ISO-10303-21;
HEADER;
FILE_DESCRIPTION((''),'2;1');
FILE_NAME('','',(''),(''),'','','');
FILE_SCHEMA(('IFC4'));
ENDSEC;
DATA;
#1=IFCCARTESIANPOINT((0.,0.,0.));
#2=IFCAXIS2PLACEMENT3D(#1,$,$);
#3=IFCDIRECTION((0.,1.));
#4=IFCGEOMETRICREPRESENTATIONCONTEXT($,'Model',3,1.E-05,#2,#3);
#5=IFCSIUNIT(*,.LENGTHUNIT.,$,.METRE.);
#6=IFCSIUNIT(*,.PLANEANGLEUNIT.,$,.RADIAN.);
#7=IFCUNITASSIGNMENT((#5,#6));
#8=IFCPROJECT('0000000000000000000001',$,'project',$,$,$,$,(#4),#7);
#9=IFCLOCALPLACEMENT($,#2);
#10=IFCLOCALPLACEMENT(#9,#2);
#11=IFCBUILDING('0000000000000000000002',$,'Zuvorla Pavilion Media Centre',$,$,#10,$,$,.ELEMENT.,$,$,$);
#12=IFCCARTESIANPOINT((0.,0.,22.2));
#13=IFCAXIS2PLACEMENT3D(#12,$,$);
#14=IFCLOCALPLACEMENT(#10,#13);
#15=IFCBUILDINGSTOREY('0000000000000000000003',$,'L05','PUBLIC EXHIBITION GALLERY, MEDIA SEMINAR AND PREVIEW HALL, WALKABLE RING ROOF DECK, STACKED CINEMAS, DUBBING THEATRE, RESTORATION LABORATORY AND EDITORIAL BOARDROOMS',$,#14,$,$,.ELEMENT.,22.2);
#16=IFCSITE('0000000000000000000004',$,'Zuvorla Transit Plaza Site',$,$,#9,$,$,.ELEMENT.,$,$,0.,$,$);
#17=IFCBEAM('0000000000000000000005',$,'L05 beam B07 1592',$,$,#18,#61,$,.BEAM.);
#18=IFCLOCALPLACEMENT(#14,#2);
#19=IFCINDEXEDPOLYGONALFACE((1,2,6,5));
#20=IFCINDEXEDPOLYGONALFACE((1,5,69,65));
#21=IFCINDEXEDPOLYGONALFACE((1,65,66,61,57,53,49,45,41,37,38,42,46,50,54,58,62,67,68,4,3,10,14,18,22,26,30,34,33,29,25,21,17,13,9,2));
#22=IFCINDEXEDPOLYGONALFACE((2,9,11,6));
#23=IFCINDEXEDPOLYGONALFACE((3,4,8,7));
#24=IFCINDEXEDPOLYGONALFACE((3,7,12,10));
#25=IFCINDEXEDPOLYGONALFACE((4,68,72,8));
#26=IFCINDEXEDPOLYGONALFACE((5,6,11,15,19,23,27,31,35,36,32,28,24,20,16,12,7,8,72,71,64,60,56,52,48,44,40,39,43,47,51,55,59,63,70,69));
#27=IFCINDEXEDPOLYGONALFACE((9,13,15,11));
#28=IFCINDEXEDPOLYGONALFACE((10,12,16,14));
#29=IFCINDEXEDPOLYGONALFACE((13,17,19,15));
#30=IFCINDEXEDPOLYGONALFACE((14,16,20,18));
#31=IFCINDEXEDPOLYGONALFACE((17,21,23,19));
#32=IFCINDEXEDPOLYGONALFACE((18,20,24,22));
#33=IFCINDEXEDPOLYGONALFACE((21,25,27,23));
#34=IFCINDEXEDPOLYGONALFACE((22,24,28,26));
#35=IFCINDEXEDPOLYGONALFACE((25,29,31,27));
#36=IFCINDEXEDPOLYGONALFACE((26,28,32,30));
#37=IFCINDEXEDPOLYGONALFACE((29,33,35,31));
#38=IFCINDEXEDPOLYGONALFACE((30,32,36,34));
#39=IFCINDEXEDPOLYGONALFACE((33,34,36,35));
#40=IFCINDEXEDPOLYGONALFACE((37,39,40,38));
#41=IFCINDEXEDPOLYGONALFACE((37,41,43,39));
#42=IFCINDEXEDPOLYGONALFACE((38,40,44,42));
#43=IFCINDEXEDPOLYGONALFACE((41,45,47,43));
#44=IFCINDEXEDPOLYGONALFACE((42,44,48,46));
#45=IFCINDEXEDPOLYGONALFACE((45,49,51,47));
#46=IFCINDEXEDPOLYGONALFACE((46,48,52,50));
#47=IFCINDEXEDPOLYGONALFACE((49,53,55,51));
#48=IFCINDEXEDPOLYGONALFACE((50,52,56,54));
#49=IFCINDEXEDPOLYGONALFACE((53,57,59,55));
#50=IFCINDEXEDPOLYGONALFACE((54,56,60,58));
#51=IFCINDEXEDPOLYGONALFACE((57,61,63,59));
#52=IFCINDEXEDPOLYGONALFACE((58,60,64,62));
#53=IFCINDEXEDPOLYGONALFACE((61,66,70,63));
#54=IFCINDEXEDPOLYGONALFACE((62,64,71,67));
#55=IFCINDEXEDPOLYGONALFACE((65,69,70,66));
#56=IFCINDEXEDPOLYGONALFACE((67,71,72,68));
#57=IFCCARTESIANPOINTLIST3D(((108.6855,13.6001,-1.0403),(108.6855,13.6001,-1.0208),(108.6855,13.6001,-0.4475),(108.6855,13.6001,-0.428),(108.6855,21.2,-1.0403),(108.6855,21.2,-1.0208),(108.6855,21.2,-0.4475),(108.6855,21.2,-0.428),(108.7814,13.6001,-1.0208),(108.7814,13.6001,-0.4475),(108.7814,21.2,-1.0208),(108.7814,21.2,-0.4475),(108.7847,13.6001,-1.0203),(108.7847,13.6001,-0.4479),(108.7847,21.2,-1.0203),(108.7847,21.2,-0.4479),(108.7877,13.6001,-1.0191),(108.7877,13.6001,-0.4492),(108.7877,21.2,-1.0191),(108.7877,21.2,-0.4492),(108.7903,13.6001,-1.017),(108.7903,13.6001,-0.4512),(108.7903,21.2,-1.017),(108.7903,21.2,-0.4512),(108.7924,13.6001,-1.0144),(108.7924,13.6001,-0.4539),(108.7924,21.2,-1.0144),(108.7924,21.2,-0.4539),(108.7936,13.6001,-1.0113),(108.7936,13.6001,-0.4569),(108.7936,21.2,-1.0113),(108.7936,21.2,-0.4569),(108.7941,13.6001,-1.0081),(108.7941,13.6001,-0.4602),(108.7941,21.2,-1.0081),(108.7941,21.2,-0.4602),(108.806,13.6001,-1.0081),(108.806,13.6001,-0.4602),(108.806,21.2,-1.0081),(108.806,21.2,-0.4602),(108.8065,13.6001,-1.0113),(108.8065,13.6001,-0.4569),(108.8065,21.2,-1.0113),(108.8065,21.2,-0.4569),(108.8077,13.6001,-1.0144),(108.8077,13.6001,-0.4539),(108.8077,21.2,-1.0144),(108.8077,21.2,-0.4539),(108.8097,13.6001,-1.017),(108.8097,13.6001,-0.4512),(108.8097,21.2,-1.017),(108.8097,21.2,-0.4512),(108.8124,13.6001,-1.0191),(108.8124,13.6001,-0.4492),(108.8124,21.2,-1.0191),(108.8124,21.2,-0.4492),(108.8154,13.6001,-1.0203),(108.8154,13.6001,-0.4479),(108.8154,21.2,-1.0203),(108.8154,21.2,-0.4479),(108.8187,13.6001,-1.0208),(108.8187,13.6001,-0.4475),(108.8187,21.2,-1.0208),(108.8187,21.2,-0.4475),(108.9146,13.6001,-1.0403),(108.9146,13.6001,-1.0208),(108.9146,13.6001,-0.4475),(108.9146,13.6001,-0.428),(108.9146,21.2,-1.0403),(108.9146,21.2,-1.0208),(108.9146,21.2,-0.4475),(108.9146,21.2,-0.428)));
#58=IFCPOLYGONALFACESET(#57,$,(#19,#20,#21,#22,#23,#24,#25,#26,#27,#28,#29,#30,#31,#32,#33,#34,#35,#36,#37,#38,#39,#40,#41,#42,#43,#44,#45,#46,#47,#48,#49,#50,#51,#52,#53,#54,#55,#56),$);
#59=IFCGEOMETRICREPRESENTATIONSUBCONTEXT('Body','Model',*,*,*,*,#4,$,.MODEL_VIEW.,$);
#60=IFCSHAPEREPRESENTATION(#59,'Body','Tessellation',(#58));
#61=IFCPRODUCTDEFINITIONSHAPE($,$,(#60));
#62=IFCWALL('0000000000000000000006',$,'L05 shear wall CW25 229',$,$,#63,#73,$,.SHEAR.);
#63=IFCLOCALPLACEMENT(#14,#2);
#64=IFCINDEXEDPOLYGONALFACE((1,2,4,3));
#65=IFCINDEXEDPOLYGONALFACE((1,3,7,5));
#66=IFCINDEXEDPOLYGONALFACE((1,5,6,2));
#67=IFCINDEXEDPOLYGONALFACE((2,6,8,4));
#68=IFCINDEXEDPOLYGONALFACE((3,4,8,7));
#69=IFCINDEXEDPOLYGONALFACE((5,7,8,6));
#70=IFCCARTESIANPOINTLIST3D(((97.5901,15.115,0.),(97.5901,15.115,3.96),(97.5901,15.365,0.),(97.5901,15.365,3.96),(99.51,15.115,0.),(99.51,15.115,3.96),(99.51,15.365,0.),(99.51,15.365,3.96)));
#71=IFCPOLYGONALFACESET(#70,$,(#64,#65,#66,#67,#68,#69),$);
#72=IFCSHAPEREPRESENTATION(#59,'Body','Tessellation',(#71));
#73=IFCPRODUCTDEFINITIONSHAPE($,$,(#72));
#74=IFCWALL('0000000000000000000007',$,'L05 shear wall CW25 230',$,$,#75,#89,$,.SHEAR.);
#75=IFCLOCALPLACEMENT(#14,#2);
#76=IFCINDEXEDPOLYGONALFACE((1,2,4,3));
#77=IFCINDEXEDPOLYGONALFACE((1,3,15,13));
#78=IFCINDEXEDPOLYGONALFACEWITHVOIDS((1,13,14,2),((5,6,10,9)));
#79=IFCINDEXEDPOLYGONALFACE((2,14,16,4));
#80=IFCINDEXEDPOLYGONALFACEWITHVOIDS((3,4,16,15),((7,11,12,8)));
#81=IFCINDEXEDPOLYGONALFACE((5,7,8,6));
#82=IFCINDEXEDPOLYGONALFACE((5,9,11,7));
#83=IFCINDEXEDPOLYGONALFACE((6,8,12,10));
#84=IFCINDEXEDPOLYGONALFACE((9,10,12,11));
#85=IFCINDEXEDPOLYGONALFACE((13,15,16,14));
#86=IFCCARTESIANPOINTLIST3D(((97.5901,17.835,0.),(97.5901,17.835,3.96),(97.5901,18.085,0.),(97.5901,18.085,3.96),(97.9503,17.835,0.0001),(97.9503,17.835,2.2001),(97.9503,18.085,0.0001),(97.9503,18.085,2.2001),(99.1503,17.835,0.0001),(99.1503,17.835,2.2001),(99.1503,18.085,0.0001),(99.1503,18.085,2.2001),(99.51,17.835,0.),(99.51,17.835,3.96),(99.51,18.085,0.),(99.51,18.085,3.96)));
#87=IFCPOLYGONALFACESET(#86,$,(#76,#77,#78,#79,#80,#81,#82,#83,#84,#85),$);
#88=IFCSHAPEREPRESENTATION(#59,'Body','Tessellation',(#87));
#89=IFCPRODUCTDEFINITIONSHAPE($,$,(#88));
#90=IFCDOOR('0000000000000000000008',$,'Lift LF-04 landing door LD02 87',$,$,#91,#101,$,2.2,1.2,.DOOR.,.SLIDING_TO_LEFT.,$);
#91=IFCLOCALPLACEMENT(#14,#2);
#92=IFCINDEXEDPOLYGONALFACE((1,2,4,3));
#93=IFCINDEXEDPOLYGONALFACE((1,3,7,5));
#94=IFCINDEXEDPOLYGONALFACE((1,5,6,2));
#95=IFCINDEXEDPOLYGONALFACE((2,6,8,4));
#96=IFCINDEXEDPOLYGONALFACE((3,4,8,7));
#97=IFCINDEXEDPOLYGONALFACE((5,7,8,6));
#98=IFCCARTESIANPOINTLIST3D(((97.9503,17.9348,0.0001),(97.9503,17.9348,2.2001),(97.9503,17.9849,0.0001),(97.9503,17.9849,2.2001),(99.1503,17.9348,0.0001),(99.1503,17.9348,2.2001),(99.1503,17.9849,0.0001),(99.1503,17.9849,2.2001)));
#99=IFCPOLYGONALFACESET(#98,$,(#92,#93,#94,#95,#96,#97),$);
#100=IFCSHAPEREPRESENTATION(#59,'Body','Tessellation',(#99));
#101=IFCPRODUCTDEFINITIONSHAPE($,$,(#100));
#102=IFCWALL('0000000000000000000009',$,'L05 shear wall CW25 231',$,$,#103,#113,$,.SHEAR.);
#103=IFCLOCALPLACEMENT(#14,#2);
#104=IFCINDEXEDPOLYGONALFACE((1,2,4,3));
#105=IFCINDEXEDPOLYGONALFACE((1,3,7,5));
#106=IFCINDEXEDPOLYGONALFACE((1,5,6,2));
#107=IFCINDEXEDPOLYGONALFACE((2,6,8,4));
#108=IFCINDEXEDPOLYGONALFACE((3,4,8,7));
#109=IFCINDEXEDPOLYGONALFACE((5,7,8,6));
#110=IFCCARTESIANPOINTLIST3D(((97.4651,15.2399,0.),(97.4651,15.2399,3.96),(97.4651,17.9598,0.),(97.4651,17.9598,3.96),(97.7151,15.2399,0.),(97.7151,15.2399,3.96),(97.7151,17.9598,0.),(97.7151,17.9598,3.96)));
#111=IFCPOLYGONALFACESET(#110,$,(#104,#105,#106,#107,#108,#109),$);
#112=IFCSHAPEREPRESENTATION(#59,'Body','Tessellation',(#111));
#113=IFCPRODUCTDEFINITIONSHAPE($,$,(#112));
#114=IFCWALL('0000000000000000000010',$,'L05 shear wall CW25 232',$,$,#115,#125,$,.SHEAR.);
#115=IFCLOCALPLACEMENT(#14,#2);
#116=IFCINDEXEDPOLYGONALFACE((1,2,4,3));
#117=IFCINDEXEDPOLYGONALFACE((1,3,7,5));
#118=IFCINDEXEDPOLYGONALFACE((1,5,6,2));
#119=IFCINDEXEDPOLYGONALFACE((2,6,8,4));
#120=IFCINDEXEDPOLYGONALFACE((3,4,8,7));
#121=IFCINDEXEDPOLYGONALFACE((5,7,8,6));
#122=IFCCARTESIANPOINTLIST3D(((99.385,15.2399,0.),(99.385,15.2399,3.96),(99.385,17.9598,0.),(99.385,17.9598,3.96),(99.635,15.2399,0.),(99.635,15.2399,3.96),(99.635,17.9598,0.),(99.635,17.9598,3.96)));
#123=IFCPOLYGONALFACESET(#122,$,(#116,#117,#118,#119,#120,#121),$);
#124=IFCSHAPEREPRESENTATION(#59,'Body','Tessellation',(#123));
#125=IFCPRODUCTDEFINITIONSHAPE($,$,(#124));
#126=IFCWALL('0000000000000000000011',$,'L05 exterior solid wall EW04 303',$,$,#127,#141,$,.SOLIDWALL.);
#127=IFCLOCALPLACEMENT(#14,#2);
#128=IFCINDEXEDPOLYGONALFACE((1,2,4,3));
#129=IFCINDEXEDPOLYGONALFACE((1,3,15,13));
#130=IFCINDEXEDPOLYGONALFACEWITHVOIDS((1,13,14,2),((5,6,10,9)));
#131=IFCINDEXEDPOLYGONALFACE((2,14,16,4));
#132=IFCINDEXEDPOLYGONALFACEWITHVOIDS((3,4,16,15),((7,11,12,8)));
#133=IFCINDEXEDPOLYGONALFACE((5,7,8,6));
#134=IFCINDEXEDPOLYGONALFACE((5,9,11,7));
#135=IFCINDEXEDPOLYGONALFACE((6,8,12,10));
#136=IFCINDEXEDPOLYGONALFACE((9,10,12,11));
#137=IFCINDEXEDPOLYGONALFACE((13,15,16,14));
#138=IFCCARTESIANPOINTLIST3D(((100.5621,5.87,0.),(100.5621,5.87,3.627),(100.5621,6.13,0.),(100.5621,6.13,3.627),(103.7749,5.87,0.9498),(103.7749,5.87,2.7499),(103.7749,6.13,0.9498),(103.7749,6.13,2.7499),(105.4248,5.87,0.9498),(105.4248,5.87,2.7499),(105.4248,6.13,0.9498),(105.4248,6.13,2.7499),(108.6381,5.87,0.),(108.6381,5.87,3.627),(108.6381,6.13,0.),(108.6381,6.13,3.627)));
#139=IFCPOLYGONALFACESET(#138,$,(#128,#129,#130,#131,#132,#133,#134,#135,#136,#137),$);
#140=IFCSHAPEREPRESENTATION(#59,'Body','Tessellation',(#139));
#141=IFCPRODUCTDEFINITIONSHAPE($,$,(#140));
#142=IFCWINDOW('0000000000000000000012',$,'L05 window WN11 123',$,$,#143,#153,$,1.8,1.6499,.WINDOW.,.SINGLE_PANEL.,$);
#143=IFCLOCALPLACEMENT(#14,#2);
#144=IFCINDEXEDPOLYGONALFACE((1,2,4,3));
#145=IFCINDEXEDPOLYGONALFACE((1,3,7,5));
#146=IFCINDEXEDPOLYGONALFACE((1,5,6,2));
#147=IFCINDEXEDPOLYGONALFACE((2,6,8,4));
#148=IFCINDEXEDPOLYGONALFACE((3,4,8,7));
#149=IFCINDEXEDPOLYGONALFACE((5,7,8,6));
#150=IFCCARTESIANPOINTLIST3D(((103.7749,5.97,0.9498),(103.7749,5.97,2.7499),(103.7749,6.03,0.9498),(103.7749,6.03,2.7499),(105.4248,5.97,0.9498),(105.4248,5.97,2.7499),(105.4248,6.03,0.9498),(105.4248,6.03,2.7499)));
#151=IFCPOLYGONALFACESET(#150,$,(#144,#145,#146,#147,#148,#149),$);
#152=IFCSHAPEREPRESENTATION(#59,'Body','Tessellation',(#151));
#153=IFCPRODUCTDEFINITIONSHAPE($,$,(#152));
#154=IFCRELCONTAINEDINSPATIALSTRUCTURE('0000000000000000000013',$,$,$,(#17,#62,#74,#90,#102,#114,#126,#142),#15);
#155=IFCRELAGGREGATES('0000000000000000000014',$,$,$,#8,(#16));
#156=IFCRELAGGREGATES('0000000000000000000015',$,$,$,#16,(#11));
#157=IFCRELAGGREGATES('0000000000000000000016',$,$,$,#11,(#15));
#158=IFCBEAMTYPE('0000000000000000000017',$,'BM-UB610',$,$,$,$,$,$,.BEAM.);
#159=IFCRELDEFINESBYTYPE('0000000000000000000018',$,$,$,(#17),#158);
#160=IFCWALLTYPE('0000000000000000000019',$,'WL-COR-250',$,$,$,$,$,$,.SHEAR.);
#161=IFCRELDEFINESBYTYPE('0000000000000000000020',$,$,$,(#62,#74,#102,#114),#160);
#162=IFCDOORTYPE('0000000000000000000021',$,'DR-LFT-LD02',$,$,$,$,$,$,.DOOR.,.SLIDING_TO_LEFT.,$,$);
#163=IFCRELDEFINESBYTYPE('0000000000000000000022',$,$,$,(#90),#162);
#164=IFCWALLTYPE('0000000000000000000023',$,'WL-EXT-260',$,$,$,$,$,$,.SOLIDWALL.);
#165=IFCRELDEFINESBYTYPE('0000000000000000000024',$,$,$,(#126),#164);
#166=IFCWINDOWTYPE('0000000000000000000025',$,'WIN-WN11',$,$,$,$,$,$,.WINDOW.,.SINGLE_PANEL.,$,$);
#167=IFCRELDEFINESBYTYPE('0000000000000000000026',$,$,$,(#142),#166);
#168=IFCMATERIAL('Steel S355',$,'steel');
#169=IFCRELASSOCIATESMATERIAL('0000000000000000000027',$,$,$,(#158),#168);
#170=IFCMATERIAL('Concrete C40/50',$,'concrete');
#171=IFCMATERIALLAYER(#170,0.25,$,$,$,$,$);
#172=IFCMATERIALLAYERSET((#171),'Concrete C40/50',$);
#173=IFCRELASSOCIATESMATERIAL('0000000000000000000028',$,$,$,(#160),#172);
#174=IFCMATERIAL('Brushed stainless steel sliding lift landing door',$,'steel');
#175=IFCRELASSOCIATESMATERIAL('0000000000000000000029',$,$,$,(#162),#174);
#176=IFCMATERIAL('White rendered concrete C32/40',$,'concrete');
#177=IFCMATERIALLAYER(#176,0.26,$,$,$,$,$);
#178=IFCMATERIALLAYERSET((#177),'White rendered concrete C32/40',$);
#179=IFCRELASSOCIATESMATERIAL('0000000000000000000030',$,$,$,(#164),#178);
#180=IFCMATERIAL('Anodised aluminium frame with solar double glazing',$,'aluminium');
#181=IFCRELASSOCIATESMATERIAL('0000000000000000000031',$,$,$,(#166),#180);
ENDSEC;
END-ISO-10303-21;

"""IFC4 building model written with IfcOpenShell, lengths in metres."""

from ifc_helpers import new_model, si_unit, direction, frame, frame_2d, origin, origin_2d, place, context, subcontext, project, spatial, rectangle, i_section, extrude, material, layer, layer_set, material_profile, profile_set, type_object, element, fill, save


model = new_model("IFC4")

# Units and contexts
model_context = context("Model", 3, precision=1e-05, world=origin(), true_north=direction((0.0, 1.0)))
body_context = subcontext(model_context, "Body", "Model", "MODEL_VIEW")
ifc_project = project(units=[si_unit("LENGTHUNIT", "METRE"), si_unit("PLANEANGLEUNIT", "RADIAN")], contexts=[model_context])

# Site, building, storey
site_placement = place(None, origin())
site = spatial("IfcSite", under=ifc_project, at=site_placement, Name="Zuvorla Transit Plaza Site", CompositionType="ELEMENT", RefElevation=0.0)
building_placement = place(site_placement, origin())
building = spatial("IfcBuilding", under=site, at=building_placement, Name="Zuvorla Pavilion Media Centre", CompositionType="ELEMENT")
storey_placement = place(building_placement, frame((0.0, 0.0, 22.2)))
storey = spatial("IfcBuildingStorey", under=building, at=storey_placement, Name="L05", Description="PUBLIC EXHIBITION GALLERY, MEDIA SEMINAR AND PREVIEW HALL, WALKABLE RING ROOF DECK, STACKED CINEMAS, DUBBING THEATRE, RESTORATION LABORATORY AND EDITORIAL BOARDROOMS", CompositionType="ELEMENT", Elevation=22.2)

# Shared definitions
ifc_material_1 = material(Name="Steel S355", Category="steel")

# Beam
ifc_material_profile_1 = material_profile(ifc_material_1, i_section(OverallWidth=0.229, OverallDepth=0.6123, WebThickness=0.012, FlangeThickness=0.0195, FilletRadius=0.0127, at=origin_2d()), Name="UB 610x229x125")
ifc_profile_set_1 = profile_set([ifc_material_profile_1], Name="Steel S355")
beam_type_1 = type_object("IfcBeamType", Name="BM-UB610", PredefinedType="BEAM", material=ifc_profile_set_1)
beam_1_placement = place(storey_placement, frame((108.8, 13.6001, -0.7341), z_axis=(0.0, 1.0, 0.0), x_axis=(-1.0, 0.0, 0.0)))
element("IfcBeam", 1, at=beam_1_placement, inside=storey, type_object=beam_type_1, Name="L05 beam B07 1592", PredefinedType="BEAM", context=body_context, shape_type="SweptSolid", body=[
    extrude(i_section(OverallWidth=0.229, OverallDepth=0.6123, WebThickness=0.012, FlangeThickness=0.0195, FilletRadius=0.0127, at=origin_2d()), origin(), (0.0, 0.0, 1.0), 7.5999),
])

# Wall
ifc_material_2 = material(Name="Concrete C40/50", Category="concrete")
ifc_layer_1 = layer(ifc_material_2, 0.25)
ifc_layer_set_1 = layer_set([ifc_layer_1], Name="Concrete C40/50")
wall_type_1 = type_object("IfcWallType", Name="WL-COR-250", PredefinedType="SHEAR", material=ifc_layer_set_1)
wall_1_placement = place(storey_placement, frame((97.5901, 15.24, 0.0), z_axis=(0.0, 0.0, 1.0), x_axis=(1.0, 0.0, 0.0)))
element("IfcWall", 2, at=wall_1_placement, inside=storey, type_object=wall_type_1, Name="L05 shear wall CW25 229", PredefinedType="SHEAR", context=body_context, shape_type="SweptSolid", body=[
    extrude(rectangle(XDim=1.9199, YDim=0.25, at=frame_2d((0.96, 0.0))), origin(), (0.0, 0.0, 1.0), 3.96),
])

# Wall, opening, door
wall_2_placement = place(storey_placement, frame((97.5901, 17.96, 0.0), z_axis=(0.0, 0.0, 1.0), x_axis=(1.0, 0.0, 0.0)))
wall_2 = element("IfcWall", 3, at=wall_2_placement, inside=storey, type_object=wall_type_1, Name="L05 shear wall CW25 230", PredefinedType="SHEAR", context=body_context, shape_type="SweptSolid", body=[
    extrude(rectangle(XDim=1.9199, YDim=0.25, at=frame_2d((0.96, 0.0))), origin(), (0.0, 0.0, 1.0), 3.96),
])
opening_1_placement = place(wall_2_placement, frame((0.3601, 0.0, 0.0)))
opening_1 = element("IfcOpeningElement", 4, at=opening_1_placement, cuts=wall_2, PredefinedType="OPENING", context=body_context, shape_type="SweptSolid", body=[
    extrude(rectangle(XDim=1.2, YDim=2.2, at=frame_2d((0.6001, 1.1001))), frame((0.0, 0.135, 0.0), z_axis=(0.0, -1.0, 0.0), x_axis=(1.0, 0.0, 0.0)), (0.0, 0.0, 1.0), 0.27),
])
ifc_material_3 = material(Name="Brushed stainless steel sliding lift landing door", Category="steel")
door_type_1 = type_object("IfcDoorType", Name="DR-LFT-LD02", OperationType="SLIDING_TO_LEFT", PredefinedType="DOOR", material=ifc_material_3)
door_1_placement = place(opening_1_placement, origin())
door_1 = element("IfcDoor", 5, at=door_1_placement, inside=storey, type_object=door_type_1, Name="Lift LF-04 landing door LD02 87", OperationType="SLIDING_TO_LEFT", OverallHeight=2.2, OverallWidth=1.2, PredefinedType="DOOR", context=body_context, shape_type="SweptSolid", body=[
    extrude(rectangle(XDim=1.2, YDim=2.2, at=frame_2d((0.6001, 1.1001))), frame((0.0, 0.0249, 0.0), z_axis=(0.0, -1.0, 0.0), x_axis=(1.0, 0.0, 0.0)), (0.0, 0.0, 1.0), 0.05),
])
fill(opening_1, door_1)

# Walls
for number, where, z_axis, x_axis, name in (
    (6, (97.5901, 15.24, 0.0), (0.0, 0.0, 1.0), (0.0, 1.0, 0.0), "L05 shear wall CW25 231"),
    (7, (99.51, 15.24, 0.0), (0.0, 0.0, 1.0), (0.0, 1.0, 0.0), "L05 shear wall CW25 232"),
):
    element("IfcWall", number, at=place(storey_placement, frame(where, z_axis=z_axis, x_axis=x_axis)), inside=storey, type_object=wall_type_1, Name=name, PredefinedType="SHEAR", context=body_context, shape_type="SweptSolid", body=[
        extrude(rectangle(XDim=2.72, YDim=0.25, at=frame_2d((1.3599, 0.0))), origin(), (0.0, 0.0, 1.0), 3.96),
    ])

# Wall, opening, window
ifc_material_4 = material(Name="White rendered concrete C32/40", Category="concrete")
ifc_layer_2 = layer(ifc_material_4, 0.26)
ifc_layer_set_2 = layer_set([ifc_layer_2], Name="White rendered concrete C32/40")
wall_type_2 = type_object("IfcWallType", Name="WL-EXT-260", PredefinedType="SOLIDWALL", material=ifc_layer_set_2)
wall_3_placement = place(storey_placement, frame((100.562, 6.0, 0.0), z_axis=(0.0, 0.0, 1.0), x_axis=(1.0, 0.0, 0.0)))
wall_3 = element("IfcWall", 8, at=wall_3_placement, inside=storey, type_object=wall_type_2, Name="L05 exterior solid wall EW04 303", PredefinedType="SOLIDWALL", context=body_context, shape_type="SweptSolid", body=[
    extrude(rectangle(XDim=8.0759, YDim=0.26, at=frame_2d((4.0381, 0.0))), origin(), (0.0, 0.0, 1.0), 3.627),
])
opening_2_placement = place(wall_3_placement, frame((3.2129, 0.0, 0.95)))
opening_2 = element("IfcOpeningElement", 9, at=opening_2_placement, cuts=wall_3, PredefinedType="OPENING", context=body_context, shape_type="SweptSolid", body=[
    extrude(rectangle(XDim=1.6499, YDim=1.8, at=frame_2d((0.825, 0.8999))), frame((0.0, 0.1399, 0.0), z_axis=(0.0, -1.0, 0.0), x_axis=(1.0, 0.0, 0.0)), (0.0, 0.0, 1.0), 0.28),
])
ifc_material_5 = material(Name="Anodised aluminium frame with solar double glazing", Category="aluminium")
window_type_1 = type_object("IfcWindowType", Name="WIN-WN11", PartitioningType="SINGLE_PANEL", PredefinedType="WINDOW", material=ifc_material_5)
window_1_placement = place(opening_2_placement, origin())
window_1 = element("IfcWindow", 10, at=window_1_placement, inside=storey, type_object=window_type_1, Name="L05 window WN11 123", OverallHeight=1.8, OverallWidth=1.6499, PartitioningType="SINGLE_PANEL", PredefinedType="WINDOW", context=body_context, shape_type="SweptSolid", body=[
    extrude(rectangle(XDim=1.6499, YDim=1.8, at=frame_2d((0.825, 0.8999))), frame((0.0, 0.03, 0.0), z_axis=(0.0, -1.0, 0.0), x_axis=(1.0, 0.0, 0.0)), (0.0, 0.0, 1.0), 0.0601),
])
fill(opening_2, window_1)

save(model, "model.ifc")
